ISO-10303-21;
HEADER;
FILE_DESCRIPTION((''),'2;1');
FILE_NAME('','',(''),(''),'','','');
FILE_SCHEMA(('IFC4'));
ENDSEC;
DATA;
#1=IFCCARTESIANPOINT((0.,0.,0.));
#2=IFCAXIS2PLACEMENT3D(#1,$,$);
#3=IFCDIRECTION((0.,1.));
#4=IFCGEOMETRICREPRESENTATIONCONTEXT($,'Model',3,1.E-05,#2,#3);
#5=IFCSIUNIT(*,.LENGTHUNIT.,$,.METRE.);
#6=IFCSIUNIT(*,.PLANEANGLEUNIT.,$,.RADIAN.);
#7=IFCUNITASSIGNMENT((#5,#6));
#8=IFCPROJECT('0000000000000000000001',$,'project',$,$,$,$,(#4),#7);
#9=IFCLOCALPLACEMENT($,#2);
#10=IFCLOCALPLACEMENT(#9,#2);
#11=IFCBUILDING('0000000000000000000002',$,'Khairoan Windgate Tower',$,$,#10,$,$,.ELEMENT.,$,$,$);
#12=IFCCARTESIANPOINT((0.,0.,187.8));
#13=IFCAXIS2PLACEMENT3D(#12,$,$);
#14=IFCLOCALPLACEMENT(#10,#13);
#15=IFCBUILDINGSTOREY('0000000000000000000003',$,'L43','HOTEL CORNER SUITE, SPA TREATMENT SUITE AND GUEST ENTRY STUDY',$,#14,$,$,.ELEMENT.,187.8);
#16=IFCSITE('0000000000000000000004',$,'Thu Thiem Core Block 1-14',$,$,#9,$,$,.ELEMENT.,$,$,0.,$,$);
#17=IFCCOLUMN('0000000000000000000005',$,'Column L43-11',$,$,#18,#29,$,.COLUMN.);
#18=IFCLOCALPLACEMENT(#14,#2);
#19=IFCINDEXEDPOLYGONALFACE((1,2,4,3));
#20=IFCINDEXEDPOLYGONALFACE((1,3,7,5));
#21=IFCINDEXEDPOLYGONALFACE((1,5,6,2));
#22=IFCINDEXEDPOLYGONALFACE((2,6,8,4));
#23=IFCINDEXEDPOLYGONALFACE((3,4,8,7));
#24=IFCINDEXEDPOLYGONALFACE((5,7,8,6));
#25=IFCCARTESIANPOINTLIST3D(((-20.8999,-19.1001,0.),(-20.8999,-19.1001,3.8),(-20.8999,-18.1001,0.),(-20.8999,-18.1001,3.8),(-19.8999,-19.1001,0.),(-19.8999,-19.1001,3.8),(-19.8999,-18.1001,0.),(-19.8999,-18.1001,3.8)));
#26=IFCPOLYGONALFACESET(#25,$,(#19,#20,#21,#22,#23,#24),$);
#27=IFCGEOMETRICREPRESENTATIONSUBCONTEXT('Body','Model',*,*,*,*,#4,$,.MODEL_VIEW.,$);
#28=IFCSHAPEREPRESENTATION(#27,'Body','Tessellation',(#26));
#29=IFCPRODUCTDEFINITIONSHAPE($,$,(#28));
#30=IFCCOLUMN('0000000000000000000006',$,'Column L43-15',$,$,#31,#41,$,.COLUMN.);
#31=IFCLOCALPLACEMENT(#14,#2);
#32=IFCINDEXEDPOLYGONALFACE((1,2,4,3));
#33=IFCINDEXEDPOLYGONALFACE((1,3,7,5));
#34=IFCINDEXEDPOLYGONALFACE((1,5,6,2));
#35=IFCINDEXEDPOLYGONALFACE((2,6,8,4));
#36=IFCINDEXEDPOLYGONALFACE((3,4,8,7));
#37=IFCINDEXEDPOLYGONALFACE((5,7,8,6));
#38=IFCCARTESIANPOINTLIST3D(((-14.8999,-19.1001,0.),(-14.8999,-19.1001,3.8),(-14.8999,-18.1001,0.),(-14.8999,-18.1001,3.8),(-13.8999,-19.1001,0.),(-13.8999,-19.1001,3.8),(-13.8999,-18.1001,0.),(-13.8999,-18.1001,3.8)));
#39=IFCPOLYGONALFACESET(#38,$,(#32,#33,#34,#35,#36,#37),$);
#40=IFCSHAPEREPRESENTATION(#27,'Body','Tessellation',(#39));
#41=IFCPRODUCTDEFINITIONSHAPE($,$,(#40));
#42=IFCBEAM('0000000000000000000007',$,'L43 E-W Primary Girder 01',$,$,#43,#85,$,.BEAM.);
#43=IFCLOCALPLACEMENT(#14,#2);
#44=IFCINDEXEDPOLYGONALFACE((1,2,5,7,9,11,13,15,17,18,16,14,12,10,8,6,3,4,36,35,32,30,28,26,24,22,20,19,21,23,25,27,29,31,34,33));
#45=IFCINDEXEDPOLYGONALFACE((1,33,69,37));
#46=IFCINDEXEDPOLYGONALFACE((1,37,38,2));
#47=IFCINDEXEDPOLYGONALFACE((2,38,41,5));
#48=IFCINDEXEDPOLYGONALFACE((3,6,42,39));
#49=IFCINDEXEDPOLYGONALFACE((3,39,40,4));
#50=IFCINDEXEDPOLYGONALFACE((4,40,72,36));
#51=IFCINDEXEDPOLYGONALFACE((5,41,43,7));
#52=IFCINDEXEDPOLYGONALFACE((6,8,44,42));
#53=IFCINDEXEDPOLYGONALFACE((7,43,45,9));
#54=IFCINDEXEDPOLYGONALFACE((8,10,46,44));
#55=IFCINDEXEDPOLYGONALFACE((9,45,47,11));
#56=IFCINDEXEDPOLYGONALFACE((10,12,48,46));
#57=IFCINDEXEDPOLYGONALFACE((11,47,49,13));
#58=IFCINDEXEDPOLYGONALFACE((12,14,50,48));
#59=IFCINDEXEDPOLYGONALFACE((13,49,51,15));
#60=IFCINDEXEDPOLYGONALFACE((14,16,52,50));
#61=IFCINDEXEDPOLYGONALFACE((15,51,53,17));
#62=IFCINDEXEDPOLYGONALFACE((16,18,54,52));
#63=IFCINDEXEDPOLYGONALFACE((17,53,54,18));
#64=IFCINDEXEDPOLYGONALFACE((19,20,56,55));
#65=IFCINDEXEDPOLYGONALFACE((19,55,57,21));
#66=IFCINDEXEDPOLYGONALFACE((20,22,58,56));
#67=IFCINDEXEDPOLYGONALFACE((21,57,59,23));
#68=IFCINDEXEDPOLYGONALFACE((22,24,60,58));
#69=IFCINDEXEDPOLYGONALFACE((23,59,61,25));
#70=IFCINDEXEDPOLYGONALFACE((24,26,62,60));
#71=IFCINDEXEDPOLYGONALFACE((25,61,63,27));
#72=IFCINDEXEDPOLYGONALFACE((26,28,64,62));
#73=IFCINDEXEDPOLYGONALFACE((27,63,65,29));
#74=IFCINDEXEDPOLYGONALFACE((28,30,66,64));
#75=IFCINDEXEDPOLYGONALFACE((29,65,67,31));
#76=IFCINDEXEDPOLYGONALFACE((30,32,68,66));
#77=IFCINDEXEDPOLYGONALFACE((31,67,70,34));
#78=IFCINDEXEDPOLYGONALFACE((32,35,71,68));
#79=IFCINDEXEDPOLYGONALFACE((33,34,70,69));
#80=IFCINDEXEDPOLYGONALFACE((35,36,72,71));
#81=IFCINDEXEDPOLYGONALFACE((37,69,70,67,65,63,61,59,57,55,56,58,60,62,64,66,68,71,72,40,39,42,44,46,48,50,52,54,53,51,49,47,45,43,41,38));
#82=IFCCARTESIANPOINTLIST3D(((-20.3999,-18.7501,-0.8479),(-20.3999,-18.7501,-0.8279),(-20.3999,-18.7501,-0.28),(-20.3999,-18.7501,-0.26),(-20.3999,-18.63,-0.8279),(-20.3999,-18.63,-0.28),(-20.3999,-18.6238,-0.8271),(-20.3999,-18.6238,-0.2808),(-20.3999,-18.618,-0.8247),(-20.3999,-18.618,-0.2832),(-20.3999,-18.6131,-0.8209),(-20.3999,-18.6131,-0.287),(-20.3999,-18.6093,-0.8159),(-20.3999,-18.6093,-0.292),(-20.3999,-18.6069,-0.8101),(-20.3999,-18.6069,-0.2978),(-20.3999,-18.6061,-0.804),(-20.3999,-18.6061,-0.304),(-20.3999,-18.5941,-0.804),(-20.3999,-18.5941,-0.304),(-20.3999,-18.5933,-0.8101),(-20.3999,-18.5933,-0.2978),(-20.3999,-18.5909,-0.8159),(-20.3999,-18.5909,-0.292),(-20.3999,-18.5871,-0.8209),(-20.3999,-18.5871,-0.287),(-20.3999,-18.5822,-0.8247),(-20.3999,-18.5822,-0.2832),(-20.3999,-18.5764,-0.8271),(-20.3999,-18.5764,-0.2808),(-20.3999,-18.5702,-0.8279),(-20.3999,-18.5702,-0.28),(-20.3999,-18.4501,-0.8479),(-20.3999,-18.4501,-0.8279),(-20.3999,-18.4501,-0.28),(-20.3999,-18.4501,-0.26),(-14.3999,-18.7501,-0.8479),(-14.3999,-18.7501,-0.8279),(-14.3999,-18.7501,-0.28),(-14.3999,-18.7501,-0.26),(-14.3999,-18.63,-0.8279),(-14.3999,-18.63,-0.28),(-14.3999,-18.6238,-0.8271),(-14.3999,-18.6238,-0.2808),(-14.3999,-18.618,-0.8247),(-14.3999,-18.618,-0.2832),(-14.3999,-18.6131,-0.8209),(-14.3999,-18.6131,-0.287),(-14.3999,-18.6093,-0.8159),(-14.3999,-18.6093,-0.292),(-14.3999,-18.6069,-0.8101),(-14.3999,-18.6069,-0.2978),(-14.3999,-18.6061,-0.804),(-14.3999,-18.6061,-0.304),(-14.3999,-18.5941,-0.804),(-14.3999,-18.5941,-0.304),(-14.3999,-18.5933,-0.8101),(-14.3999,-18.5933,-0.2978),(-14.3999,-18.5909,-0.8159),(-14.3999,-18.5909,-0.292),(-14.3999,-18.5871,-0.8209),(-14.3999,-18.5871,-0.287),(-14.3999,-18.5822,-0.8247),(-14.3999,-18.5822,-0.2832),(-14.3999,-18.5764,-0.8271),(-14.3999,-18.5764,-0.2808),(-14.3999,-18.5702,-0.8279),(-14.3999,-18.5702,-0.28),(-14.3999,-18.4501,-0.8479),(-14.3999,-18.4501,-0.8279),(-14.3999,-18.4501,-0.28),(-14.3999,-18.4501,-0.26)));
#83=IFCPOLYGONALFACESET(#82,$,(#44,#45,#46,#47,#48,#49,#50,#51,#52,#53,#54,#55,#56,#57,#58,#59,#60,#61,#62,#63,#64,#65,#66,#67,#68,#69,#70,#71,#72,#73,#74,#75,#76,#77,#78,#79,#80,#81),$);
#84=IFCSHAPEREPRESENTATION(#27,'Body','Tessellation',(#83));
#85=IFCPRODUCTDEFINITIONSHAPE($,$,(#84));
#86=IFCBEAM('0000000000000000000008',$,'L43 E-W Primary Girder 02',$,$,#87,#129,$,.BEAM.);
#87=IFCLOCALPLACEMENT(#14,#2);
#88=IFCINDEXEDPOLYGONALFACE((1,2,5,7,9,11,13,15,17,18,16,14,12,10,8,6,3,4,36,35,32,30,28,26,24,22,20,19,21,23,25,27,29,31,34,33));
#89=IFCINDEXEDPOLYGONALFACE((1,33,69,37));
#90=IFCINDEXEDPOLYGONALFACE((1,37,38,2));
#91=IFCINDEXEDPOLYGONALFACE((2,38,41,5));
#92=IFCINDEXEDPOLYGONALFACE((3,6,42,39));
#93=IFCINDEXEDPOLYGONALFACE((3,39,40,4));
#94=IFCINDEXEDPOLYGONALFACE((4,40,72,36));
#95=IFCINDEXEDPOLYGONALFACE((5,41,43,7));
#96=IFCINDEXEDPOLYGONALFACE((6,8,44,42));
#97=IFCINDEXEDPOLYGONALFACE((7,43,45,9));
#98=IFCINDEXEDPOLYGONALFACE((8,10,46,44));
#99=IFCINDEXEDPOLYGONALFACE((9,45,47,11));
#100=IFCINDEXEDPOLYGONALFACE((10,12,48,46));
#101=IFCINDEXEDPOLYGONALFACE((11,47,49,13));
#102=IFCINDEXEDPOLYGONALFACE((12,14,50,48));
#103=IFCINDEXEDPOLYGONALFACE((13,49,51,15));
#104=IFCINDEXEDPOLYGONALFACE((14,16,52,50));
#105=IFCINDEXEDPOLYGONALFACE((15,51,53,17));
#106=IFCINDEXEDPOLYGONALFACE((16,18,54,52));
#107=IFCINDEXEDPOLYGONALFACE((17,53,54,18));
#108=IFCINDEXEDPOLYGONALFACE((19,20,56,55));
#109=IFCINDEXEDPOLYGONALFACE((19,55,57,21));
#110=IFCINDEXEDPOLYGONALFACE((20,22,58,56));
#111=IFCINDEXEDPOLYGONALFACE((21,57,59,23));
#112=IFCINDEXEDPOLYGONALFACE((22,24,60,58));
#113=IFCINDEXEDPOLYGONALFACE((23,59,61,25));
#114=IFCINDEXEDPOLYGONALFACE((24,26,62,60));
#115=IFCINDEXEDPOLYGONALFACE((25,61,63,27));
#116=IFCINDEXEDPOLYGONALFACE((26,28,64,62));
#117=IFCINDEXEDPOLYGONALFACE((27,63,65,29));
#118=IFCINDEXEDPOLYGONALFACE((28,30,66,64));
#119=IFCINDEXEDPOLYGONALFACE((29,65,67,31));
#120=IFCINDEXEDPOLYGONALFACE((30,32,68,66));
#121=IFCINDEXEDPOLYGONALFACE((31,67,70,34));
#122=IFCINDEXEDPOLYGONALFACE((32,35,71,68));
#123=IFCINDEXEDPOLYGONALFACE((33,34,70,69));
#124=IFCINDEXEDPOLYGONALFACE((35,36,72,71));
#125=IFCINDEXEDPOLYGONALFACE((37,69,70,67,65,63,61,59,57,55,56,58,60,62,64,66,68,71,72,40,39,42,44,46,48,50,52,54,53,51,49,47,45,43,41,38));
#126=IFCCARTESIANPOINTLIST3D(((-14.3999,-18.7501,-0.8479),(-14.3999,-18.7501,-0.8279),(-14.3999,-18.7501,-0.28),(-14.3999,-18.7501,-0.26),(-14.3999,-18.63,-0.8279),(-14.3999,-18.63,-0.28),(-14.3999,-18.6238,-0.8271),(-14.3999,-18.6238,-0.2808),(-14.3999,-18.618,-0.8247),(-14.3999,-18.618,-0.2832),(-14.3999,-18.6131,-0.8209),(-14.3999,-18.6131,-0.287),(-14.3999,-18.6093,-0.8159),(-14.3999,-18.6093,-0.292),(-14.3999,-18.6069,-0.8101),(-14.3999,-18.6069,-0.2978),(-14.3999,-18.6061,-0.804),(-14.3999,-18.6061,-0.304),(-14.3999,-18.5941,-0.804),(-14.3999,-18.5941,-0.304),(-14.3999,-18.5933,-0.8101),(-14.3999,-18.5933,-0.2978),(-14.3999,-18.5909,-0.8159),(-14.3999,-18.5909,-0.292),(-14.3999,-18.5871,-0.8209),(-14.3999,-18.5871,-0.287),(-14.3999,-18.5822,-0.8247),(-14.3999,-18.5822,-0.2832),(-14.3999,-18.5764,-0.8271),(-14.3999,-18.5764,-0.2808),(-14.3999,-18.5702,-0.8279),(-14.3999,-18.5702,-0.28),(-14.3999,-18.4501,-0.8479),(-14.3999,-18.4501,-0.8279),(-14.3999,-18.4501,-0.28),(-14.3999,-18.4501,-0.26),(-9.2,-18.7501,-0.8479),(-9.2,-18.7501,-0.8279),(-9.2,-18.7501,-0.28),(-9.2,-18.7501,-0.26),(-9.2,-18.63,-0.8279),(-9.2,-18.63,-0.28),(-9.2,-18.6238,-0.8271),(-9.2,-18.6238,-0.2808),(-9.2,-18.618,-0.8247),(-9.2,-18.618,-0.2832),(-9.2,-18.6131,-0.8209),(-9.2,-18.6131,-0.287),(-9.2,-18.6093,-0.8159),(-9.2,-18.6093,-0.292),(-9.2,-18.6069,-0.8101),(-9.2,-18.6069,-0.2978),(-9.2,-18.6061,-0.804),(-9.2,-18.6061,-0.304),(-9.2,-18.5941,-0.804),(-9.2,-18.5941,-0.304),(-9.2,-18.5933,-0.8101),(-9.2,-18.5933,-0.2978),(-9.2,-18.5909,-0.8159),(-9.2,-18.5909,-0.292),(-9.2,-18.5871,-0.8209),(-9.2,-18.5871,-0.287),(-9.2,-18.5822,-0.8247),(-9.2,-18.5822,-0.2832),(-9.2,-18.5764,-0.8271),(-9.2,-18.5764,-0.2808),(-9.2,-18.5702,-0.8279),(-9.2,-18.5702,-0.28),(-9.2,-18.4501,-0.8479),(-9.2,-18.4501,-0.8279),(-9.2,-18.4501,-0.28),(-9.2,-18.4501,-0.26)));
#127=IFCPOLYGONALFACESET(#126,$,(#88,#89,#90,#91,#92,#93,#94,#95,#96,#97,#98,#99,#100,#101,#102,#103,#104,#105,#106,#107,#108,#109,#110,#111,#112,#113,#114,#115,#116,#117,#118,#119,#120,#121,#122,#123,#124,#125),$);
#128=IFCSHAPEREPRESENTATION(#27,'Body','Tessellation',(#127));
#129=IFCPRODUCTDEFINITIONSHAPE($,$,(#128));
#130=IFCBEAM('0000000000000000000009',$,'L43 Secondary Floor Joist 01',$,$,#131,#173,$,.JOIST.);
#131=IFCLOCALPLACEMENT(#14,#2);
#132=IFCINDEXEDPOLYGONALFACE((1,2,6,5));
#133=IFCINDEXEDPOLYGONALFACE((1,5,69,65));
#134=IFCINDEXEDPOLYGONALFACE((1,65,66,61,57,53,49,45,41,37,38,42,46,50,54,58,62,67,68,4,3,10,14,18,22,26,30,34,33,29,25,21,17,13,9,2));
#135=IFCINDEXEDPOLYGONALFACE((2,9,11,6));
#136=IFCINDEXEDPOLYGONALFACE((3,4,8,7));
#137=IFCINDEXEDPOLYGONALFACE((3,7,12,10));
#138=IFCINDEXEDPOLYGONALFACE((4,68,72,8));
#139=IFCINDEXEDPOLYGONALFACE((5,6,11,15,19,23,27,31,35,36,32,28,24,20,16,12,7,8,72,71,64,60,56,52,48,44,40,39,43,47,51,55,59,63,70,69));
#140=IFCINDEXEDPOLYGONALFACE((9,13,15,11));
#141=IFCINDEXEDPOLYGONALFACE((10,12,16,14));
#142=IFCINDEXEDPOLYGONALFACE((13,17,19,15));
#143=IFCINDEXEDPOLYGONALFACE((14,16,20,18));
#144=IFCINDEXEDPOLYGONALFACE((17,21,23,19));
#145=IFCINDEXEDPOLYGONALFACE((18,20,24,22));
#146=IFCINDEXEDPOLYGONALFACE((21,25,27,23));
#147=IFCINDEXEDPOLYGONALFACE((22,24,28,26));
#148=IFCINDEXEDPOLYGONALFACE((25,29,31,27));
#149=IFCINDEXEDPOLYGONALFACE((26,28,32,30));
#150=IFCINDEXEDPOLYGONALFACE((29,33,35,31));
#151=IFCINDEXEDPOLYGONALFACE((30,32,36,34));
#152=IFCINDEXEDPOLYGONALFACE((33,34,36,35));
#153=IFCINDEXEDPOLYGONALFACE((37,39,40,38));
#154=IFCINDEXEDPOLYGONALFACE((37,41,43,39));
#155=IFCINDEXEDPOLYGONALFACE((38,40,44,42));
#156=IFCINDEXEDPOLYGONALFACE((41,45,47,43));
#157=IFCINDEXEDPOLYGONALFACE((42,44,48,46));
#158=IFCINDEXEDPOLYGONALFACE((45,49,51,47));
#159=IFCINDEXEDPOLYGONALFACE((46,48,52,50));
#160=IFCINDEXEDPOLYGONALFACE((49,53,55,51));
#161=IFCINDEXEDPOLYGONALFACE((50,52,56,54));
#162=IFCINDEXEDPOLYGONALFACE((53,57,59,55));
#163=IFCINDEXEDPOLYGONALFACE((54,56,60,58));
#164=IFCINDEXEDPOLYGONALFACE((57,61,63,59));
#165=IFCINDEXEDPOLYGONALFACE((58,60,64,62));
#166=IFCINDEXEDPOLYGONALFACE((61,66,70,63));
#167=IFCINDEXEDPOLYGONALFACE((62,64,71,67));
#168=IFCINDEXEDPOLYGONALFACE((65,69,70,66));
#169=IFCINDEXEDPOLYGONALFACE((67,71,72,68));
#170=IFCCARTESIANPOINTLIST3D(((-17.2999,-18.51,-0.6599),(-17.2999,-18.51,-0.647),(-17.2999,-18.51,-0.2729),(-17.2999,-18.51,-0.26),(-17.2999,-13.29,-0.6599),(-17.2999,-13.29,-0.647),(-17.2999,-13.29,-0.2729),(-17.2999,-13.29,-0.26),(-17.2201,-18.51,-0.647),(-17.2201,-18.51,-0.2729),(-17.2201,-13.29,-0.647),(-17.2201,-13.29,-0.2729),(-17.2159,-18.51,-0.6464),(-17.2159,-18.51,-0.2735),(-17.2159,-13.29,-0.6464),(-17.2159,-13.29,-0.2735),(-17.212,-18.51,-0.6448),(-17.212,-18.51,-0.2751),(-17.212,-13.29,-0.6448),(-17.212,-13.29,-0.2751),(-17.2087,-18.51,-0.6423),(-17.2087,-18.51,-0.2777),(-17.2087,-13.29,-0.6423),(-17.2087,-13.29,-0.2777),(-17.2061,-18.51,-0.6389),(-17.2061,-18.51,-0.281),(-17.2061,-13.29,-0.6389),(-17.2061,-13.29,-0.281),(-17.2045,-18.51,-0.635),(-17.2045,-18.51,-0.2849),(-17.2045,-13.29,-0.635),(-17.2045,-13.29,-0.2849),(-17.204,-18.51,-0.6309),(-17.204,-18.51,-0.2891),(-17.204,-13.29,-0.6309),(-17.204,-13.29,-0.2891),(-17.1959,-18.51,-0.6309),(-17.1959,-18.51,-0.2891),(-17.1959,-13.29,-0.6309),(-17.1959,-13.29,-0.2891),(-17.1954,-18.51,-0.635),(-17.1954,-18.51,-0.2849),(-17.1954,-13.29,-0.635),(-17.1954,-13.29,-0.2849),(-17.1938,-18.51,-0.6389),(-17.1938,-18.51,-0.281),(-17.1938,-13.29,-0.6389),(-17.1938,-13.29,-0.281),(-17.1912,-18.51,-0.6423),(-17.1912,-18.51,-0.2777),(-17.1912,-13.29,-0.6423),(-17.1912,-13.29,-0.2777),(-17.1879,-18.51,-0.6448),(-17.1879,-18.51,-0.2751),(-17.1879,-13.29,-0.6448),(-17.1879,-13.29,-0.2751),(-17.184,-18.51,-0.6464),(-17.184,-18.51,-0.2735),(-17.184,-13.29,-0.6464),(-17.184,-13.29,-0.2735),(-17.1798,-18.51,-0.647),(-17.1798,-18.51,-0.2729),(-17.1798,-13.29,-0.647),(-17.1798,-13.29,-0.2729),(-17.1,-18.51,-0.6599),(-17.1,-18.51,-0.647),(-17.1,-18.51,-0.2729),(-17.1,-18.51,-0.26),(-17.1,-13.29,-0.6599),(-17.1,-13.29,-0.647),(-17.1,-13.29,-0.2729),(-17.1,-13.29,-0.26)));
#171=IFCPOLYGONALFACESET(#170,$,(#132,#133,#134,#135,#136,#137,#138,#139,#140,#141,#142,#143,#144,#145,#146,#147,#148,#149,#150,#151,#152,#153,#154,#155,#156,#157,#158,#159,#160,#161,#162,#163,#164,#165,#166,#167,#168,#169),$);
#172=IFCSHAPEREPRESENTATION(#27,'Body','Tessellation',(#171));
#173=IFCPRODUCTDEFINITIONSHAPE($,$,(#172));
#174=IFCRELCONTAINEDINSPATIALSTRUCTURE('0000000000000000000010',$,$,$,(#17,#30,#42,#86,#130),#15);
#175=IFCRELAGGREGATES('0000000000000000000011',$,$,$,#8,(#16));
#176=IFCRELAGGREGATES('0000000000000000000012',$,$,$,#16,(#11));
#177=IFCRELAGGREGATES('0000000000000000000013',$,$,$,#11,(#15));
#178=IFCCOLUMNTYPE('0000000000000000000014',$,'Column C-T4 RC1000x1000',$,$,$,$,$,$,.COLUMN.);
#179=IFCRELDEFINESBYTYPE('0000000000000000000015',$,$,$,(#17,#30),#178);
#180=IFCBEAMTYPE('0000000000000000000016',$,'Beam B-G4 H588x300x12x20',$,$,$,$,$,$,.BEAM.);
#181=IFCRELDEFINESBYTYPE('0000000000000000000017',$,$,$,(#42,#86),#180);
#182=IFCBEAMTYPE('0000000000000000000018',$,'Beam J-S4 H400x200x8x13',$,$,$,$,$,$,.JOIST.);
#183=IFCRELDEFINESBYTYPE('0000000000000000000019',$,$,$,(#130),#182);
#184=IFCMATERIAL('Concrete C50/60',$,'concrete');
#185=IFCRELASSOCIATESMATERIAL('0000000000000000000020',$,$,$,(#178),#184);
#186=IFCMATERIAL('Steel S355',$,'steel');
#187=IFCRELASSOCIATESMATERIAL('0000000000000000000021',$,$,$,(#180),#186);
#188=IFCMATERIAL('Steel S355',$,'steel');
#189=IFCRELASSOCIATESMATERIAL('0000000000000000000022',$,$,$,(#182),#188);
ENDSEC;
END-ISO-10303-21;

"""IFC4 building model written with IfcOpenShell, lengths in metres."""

from ifc_helpers import new_model, si_unit, direction, frame, origin, origin_2d, place, context, subcontext, project, spatial, rectangle, i_section, extrude, material, material_profile, profile_set, type_object, element, save


model = new_model("IFC4")

# Units and contexts
model_context = context("Model", 3, precision=1e-05, world=origin(), true_north=direction((0.0, 1.0)))
body_context = subcontext(model_context, "Body", "Model", "MODEL_VIEW")
ifc_project = project(units=[si_unit("LENGTHUNIT", "METRE"), si_unit("PLANEANGLEUNIT", "RADIAN")], contexts=[model_context])

# Site, building, storey
site_placement = place(None, origin())
site = spatial("IfcSite", under=ifc_project, at=site_placement, Name="Thu Thiem Core Block 1-14", CompositionType="ELEMENT", RefElevation=0.0)
building_placement = place(site_placement, origin())
building = spatial("IfcBuilding", under=site, at=building_placement, Name="Khairoan Windgate Tower", CompositionType="ELEMENT")
storey_placement = place(building_placement, frame((0.0, 0.0, 187.8)))
storey = spatial("IfcBuildingStorey", under=building, at=storey_placement, Name="L43", Description="HOTEL CORNER SUITE, SPA TREATMENT SUITE AND GUEST ENTRY STUDY", CompositionType="ELEMENT", Elevation=187.8)

# Columns
ifc_material_1 = material(Name="Concrete C50/60", Category="concrete")
ifc_material_profile_1 = material_profile(ifc_material_1, rectangle(XDim=1.0, YDim=1.0, at=origin_2d()))
ifc_profile_set_1 = profile_set([ifc_material_profile_1], Name="Concrete C50/60")
column_type = type_object("IfcColumnType", Name="Column C-T4 RC1000x1000", PredefinedType="COLUMN", material=ifc_profile_set_1)
for number, where, z_axis, x_axis, name in (
    (1, (-20.3999, -18.6001, 0.0), (0.0, 0.0, 1.0), (1.0, 0.0, 0.0), "Column L43-11"),
    (2, (-14.3999, -18.6001, 0.0), (0.0, 0.0, 1.0), (1.0, 0.0, 0.0), "Column L43-15"),
):
    element("IfcColumn", number, at=place(storey_placement, frame(where, z_axis=z_axis, x_axis=x_axis)), inside=storey, type_object=column_type, Name=name, PredefinedType="COLUMN", context=body_context, shape_type="SweptSolid", body=[
        extrude(rectangle(XDim=1.0, YDim=1.0, at=origin_2d()), origin(), (0.0, 0.0, 1.0), 3.8),
    ])

# Beams
ifc_material_2 = material(Name="Steel S355", Category="steel")
ifc_material_profile_2 = material_profile(ifc_material_2, i_section(OverallWidth=0.3, OverallDepth=0.5879, WebThickness=0.012, FlangeThickness=0.02, FilletRadius=0.0239, at=origin_2d()))
ifc_profile_set_2 = profile_set([ifc_material_profile_2], Name="Steel S355")
beam_type_1 = type_object("IfcBeamType", Name="Beam B-G4 H588x300x12x20", PredefinedType="BEAM", material=ifc_profile_set_2)
beam_1_placement = place(storey_placement, frame((-20.3999, -18.6001, -0.554), z_axis=(1.0, 0.0, 0.0), x_axis=(0.0, 1.0, 0.0)))
element("IfcBeam", 3, at=beam_1_placement, inside=storey, type_object=beam_type_1, Name="L43 E-W Primary Girder 01", PredefinedType="BEAM", context=body_context, shape_type="SweptSolid", body=[
    extrude(i_section(OverallWidth=0.3, OverallDepth=0.5879, WebThickness=0.012, FlangeThickness=0.02, FilletRadius=0.0239, at=origin_2d()), origin(), (0.0, 0.0, 1.0), 6.0),
])
beam_2_placement = place(storey_placement, frame((-14.3999, -18.6001, -0.554), z_axis=(1.0, 0.0, 0.0), x_axis=(0.0, 1.0, 0.0)))
element("IfcBeam", 4, at=beam_2_placement, inside=storey, type_object=beam_type_1, Name="L43 E-W Primary Girder 02", PredefinedType="BEAM", context=body_context, shape_type="SweptSolid", body=[
    extrude(i_section(OverallWidth=0.3, OverallDepth=0.5879, WebThickness=0.012, FlangeThickness=0.02, FilletRadius=0.0239, at=origin_2d()), origin(), (0.0, 0.0, 1.0), 5.2),
])
ifc_material_3 = material(Name="Steel S355", Category="steel")
ifc_material_profile_3 = material_profile(ifc_material_3, i_section(OverallWidth=0.2, OverallDepth=0.3999, WebThickness=0.0081, FlangeThickness=0.0129, FilletRadius=0.0161, at=origin_2d()))
ifc_profile_set_3 = profile_set([ifc_material_profile_3], Name="Steel S355")
beam_type_2 = type_object("IfcBeamType", Name="Beam J-S4 H400x200x8x13", PredefinedType="JOIST", material=ifc_profile_set_3)
beam_3_placement = place(storey_placement, frame((-17.2, -18.51, -0.46), z_axis=(0.0, 1.0, 0.0), x_axis=(-1.0, 0.0, 0.0)))
element("IfcBeam", 5, at=beam_3_placement, inside=storey, type_object=beam_type_2, Name="L43 Secondary Floor Joist 01", PredefinedType="JOIST", context=body_context, shape_type="SweptSolid", body=[
    extrude(i_section(OverallWidth=0.2, OverallDepth=0.3999, WebThickness=0.0081, FlangeThickness=0.0129, FilletRadius=0.0161, at=origin_2d()), origin(), (0.0, 0.0, 1.0), 5.22),
])

save(model, "model.ifc")
